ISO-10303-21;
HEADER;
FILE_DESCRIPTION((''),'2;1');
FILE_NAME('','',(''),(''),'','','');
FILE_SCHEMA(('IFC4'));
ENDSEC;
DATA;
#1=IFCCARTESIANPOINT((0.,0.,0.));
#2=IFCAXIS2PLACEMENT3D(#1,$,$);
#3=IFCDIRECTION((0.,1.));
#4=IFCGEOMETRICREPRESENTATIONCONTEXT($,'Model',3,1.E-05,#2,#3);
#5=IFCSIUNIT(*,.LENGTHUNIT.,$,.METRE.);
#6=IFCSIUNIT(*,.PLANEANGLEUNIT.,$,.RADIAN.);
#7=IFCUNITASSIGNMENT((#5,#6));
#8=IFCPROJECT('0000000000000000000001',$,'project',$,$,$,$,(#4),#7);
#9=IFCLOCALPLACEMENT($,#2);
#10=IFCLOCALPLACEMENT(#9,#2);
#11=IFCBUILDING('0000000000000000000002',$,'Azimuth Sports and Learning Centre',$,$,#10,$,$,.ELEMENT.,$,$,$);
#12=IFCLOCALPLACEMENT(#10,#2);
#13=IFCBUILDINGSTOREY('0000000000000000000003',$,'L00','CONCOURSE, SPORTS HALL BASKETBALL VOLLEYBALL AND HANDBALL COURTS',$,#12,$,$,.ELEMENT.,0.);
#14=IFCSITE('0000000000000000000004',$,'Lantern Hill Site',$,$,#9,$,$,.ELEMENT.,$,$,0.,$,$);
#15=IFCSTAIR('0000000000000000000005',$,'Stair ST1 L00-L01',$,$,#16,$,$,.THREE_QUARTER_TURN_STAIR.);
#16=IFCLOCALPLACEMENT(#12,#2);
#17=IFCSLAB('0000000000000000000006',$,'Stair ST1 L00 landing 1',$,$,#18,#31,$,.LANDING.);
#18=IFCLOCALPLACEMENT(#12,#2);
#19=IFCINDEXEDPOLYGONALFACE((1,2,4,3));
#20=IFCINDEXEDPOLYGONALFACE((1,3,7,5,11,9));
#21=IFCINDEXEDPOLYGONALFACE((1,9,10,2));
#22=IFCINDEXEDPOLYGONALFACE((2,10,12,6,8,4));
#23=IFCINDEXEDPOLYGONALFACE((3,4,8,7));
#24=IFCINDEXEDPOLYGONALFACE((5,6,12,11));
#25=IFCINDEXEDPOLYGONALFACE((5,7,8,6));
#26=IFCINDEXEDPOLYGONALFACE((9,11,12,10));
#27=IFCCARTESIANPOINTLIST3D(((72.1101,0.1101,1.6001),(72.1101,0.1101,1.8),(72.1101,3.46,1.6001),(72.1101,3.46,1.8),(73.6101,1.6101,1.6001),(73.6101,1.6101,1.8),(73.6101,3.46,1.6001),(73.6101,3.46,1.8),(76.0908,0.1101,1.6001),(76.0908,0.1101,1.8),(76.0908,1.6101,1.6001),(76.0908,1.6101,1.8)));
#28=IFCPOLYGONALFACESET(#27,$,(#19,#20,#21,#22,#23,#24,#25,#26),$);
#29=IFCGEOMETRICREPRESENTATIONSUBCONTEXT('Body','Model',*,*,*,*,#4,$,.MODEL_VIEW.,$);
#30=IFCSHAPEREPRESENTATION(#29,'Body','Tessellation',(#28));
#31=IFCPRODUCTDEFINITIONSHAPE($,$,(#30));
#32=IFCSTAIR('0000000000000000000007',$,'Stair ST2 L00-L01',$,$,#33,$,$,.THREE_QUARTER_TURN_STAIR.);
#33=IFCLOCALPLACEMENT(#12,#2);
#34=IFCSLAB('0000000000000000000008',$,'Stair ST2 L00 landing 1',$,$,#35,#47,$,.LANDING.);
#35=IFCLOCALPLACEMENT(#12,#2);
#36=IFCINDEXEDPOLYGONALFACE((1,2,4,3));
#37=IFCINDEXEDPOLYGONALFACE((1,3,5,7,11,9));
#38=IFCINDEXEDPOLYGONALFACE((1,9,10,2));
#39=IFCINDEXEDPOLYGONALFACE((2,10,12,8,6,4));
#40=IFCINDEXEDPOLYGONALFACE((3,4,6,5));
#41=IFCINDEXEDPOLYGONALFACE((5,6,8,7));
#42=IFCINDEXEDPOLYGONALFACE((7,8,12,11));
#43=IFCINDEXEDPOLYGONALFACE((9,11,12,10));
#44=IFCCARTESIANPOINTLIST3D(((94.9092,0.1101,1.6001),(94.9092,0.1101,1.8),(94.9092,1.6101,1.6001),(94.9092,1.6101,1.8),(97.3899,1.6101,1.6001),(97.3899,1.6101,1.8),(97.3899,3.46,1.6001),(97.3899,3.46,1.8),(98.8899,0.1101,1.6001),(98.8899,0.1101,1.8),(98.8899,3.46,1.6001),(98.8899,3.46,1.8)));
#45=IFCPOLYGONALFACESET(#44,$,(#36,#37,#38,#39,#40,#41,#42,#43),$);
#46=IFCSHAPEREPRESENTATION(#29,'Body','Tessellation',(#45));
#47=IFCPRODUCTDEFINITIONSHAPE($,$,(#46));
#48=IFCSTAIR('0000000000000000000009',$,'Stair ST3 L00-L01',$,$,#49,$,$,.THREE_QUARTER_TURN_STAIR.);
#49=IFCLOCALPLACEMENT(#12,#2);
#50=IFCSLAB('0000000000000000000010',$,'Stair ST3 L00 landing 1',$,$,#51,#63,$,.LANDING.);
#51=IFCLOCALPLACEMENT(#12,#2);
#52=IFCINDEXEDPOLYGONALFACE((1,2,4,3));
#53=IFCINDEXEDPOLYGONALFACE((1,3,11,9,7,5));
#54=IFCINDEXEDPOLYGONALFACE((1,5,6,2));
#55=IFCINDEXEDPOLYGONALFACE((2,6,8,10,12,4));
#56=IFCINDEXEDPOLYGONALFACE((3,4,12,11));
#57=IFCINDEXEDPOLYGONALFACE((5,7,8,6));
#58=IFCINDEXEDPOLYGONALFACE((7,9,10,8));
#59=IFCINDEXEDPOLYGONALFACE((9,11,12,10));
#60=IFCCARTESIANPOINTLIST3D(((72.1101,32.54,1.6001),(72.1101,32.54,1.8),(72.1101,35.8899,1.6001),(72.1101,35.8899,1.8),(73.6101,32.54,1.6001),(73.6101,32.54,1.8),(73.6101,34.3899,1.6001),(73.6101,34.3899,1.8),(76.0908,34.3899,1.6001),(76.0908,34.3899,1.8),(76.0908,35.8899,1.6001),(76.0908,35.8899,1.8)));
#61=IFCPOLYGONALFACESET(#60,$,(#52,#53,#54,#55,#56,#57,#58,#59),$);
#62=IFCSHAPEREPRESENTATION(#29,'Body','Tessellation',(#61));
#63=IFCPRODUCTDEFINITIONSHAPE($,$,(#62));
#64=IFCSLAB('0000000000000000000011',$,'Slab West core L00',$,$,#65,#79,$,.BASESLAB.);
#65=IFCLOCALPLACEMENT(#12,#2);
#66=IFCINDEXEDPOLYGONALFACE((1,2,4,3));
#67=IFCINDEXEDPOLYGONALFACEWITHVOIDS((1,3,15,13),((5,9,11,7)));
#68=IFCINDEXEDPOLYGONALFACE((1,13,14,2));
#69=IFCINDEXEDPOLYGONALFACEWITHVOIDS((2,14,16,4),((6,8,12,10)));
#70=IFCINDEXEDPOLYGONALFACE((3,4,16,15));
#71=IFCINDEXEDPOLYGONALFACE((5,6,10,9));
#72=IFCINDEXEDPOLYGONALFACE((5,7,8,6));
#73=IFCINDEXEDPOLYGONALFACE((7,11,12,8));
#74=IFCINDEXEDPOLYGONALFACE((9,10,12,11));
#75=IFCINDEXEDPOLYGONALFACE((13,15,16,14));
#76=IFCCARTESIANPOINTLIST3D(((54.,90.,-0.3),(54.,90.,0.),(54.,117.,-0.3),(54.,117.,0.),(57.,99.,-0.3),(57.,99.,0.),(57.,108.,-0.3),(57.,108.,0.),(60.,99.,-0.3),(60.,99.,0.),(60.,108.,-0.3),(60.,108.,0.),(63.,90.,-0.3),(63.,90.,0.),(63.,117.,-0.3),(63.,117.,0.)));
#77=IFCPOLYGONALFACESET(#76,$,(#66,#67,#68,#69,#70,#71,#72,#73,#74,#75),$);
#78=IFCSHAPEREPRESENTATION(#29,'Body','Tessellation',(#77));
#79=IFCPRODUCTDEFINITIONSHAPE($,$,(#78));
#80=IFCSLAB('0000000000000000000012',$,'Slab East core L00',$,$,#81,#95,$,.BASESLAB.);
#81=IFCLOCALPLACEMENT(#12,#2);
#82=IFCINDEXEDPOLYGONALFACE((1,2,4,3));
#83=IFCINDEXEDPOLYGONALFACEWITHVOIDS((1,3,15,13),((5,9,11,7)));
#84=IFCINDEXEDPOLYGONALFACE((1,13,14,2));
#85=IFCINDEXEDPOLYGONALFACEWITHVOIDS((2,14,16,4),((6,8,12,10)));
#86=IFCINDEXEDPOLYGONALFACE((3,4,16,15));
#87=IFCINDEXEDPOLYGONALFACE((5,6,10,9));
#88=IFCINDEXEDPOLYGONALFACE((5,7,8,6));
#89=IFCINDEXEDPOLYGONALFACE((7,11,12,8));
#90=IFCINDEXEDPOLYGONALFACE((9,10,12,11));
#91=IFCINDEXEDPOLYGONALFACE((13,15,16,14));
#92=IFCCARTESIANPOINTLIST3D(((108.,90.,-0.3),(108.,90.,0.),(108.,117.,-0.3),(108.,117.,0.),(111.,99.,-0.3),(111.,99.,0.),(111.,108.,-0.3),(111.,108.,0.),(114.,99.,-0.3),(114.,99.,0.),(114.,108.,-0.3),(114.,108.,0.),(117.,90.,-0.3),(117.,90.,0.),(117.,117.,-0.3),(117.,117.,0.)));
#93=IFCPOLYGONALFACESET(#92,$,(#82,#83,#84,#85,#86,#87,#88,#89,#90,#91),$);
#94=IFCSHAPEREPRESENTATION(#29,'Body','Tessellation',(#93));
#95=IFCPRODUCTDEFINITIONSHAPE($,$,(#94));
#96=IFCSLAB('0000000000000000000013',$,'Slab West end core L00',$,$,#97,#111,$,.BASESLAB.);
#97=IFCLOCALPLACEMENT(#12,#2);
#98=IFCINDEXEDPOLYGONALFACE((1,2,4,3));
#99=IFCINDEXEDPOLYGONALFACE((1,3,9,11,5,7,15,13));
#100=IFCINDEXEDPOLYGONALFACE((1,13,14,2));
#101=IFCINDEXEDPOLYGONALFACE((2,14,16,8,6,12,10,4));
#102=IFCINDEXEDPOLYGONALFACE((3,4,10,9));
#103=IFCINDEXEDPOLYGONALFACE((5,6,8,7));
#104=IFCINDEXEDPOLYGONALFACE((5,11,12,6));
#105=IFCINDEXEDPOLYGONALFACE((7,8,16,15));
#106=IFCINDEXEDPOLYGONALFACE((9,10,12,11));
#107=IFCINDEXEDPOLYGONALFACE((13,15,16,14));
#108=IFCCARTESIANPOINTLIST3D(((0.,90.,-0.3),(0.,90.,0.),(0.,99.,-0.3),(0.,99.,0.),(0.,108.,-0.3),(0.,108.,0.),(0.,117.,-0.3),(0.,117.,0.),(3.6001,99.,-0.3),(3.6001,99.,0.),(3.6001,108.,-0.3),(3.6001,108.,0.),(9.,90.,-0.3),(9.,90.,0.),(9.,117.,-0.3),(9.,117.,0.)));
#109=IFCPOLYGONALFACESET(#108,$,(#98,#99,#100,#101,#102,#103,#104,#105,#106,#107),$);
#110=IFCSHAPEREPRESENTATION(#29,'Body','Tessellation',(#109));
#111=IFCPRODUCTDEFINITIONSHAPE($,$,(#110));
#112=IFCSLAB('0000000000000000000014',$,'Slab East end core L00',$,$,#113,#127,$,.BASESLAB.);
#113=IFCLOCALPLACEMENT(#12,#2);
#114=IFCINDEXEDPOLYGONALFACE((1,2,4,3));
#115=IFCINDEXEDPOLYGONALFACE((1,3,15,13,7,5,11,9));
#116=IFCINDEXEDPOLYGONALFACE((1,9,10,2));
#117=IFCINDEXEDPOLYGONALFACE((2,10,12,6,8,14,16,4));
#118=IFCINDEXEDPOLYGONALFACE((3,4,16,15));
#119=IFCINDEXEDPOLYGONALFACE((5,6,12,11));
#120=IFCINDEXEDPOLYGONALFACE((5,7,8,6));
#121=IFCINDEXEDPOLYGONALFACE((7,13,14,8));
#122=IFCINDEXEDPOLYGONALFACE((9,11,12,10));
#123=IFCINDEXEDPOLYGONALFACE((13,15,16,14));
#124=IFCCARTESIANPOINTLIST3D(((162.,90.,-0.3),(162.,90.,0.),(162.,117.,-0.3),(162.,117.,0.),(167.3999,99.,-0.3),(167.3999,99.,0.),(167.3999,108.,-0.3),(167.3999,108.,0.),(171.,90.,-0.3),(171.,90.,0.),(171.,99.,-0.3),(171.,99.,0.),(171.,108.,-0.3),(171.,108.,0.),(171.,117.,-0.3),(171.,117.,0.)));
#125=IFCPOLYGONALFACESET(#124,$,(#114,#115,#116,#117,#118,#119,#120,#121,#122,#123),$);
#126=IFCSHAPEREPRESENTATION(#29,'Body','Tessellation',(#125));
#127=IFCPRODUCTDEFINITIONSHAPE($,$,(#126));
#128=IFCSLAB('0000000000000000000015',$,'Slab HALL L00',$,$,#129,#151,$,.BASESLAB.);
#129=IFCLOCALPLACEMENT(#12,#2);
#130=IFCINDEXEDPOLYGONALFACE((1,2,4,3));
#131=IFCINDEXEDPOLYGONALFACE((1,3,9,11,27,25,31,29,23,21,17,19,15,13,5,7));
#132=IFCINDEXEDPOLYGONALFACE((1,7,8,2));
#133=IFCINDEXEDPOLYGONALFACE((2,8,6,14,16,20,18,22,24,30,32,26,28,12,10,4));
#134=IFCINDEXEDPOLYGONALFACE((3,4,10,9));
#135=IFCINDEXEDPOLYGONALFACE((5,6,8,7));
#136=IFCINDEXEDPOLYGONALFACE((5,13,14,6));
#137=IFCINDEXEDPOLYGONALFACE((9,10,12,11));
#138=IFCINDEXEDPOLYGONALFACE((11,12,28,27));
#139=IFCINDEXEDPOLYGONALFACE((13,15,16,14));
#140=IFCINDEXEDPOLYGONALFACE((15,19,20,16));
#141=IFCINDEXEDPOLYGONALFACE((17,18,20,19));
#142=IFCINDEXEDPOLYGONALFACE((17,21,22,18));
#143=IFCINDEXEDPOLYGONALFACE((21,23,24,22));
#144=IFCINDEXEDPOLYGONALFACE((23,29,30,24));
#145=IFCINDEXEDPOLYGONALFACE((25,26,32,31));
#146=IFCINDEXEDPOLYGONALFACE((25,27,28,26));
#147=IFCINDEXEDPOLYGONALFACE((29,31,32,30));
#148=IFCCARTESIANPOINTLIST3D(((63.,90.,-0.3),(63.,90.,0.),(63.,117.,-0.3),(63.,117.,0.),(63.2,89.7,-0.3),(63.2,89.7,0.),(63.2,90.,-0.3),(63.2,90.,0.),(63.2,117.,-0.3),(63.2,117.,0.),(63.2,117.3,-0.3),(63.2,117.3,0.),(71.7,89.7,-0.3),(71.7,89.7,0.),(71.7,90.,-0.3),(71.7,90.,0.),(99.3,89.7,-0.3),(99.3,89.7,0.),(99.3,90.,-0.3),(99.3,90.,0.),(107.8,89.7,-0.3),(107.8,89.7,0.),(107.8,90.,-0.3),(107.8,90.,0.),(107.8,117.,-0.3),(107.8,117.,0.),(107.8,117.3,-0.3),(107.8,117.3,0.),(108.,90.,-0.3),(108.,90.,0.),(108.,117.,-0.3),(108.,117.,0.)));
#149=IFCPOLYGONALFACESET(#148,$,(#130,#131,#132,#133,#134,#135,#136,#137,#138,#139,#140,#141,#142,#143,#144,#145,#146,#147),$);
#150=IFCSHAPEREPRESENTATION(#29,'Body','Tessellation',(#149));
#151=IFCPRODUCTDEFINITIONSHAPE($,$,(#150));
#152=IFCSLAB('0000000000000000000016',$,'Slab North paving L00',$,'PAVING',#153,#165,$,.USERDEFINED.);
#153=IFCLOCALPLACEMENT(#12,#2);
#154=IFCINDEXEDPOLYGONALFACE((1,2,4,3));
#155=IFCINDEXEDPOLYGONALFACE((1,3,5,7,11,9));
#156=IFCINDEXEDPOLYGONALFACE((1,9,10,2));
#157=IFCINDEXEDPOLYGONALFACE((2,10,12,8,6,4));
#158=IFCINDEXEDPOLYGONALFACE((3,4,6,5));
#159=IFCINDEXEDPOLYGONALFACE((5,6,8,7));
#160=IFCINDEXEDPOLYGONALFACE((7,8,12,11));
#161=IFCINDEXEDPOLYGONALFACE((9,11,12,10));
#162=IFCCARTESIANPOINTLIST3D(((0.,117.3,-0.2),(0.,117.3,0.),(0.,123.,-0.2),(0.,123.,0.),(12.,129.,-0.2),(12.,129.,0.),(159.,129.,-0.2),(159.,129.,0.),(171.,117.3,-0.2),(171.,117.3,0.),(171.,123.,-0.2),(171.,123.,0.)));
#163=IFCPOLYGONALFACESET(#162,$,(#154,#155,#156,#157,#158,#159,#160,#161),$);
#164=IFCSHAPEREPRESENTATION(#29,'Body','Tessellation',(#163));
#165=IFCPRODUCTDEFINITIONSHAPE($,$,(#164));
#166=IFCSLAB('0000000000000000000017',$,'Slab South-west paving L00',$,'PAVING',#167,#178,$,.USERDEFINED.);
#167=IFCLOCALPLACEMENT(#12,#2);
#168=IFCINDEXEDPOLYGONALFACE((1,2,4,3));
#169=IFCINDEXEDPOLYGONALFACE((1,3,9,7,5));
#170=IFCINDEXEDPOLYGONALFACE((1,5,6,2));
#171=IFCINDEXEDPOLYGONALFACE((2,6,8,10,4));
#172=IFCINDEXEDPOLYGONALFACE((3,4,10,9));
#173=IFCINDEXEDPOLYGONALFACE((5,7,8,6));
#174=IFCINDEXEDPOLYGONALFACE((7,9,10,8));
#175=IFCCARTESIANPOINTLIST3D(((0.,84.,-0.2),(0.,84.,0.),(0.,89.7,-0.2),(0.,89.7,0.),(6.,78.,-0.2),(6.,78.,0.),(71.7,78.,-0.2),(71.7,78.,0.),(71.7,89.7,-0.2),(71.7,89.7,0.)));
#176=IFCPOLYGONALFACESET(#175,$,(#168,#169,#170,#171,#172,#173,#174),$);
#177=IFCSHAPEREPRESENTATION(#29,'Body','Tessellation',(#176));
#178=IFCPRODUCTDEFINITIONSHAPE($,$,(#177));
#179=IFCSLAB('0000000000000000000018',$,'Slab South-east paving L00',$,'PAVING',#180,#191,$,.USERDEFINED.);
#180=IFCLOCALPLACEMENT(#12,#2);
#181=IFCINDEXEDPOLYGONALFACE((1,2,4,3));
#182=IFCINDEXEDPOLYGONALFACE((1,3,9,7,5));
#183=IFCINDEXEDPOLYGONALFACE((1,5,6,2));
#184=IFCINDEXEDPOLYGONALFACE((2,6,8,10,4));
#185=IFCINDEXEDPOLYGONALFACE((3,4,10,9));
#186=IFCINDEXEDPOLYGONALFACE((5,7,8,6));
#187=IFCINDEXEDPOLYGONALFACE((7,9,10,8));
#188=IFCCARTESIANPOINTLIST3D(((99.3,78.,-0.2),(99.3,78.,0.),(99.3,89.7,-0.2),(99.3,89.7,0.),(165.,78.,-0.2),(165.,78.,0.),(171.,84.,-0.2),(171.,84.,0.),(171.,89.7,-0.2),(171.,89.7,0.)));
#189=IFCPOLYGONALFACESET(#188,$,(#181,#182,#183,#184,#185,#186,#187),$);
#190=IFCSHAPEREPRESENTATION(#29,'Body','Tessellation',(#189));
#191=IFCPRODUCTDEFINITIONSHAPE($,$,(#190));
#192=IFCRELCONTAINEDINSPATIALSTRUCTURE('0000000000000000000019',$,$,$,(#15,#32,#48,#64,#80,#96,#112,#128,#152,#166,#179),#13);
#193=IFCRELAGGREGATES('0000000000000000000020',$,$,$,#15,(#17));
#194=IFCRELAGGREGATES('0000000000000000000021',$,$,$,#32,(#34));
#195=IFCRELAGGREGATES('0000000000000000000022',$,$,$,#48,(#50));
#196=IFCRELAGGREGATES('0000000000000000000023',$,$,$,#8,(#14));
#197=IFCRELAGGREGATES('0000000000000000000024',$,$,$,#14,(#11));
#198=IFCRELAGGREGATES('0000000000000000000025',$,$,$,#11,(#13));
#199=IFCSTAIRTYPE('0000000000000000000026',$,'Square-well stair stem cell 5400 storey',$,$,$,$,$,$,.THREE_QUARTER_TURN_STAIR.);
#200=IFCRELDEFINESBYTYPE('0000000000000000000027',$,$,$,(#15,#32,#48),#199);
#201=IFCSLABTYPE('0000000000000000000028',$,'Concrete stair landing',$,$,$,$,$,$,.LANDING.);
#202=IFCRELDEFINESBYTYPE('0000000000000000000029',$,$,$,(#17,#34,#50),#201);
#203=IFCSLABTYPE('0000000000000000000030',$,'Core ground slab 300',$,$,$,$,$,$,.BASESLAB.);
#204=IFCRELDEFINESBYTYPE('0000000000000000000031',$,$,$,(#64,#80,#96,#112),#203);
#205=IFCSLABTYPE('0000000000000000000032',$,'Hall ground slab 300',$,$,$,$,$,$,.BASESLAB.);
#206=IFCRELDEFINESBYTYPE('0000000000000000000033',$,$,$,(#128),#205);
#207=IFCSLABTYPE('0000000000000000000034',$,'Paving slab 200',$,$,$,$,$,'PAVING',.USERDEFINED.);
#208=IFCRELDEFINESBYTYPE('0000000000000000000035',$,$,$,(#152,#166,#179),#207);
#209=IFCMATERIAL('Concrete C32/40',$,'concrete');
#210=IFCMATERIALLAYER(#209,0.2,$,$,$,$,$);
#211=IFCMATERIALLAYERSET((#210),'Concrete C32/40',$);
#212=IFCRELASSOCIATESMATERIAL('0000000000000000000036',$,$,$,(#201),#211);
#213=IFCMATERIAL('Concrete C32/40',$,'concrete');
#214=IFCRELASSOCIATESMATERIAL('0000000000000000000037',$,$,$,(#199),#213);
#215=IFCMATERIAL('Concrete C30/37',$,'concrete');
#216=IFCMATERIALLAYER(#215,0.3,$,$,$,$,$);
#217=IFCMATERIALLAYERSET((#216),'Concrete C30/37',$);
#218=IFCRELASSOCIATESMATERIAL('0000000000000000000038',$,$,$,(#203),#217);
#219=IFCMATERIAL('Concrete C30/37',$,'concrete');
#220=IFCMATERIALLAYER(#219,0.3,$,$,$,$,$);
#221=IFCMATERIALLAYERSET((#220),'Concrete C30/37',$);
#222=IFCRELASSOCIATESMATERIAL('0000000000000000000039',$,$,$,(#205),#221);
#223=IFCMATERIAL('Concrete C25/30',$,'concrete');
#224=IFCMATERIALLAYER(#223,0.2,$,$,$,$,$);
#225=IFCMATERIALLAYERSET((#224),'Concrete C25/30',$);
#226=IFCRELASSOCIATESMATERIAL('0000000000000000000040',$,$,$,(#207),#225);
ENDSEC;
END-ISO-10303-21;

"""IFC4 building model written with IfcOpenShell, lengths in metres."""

from ifc_helpers import new_model, si_unit, direction, frame, origin, place, context, subcontext, project, spatial, polyline, outline, extrude, material, layer, layer_set, type_object, element, aggregate, save


model = new_model("IFC4")

# Units and contexts
model_context = context("Model", 3, precision=1e-05, world=origin(), true_north=direction((0.0, 1.0)))
body_context = subcontext(model_context, "Body", "Model", "MODEL_VIEW")
ifc_project = project(units=[si_unit("LENGTHUNIT", "METRE"), si_unit("PLANEANGLEUNIT", "RADIAN")], contexts=[model_context])

# Site, building, storey
site_placement = place(None, origin())
site = spatial("IfcSite", under=ifc_project, at=site_placement, Name="Lantern Hill Site", CompositionType="ELEMENT", RefElevation=0.0)
building_placement = place(site_placement, origin())
building = spatial("IfcBuilding", under=site, at=building_placement, Name="Azimuth Sports and Learning Centre", CompositionType="ELEMENT")
storey_placement = place(building_placement, origin())
storey = spatial("IfcBuildingStorey", under=building, at=storey_placement, Name="L00", Description="CONCOURSE, SPORTS HALL BASKETBALL VOLLEYBALL AND HANDBALL COURTS", CompositionType="ELEMENT", Elevation=0.0)

# Shared definitions
ifc_material_1 = material(Name="Concrete C32/40", Category="concrete")
ifc_layer_1 = layer(ifc_material_1, 0.2)
ifc_layer_set_1 = layer_set([ifc_layer_1], Name="Concrete C32/40")
slab_type_1 = type_object("IfcSlabType", Name="Concrete stair landing", PredefinedType="LANDING", material=ifc_layer_set_1)

# Stairs, slabs
ifc_material_2 = material(Name="Concrete C32/40", Category="concrete")
stair_type_1 = type_object("IfcStairType", Name="Square-well stair stem cell 5400 storey", PredefinedType="THREE_QUARTER_TURN_STAIR", material=ifc_material_2)
stair_1_placement = place(storey_placement, origin())
stair_1 = element("IfcStair", 1, at=stair_1_placement, inside=storey, type_object=stair_type_1, Name="Stair ST1 L00-L01", PredefinedType="THREE_QUARTER_TURN_STAIR")
slab_1_placement = place(storey_placement, frame((0.0, 0.0, 1.6001)))
slab_1 = element("IfcSlab", 2, at=slab_1_placement, type_object=slab_type_1, Name="Stair ST1 L00 landing 1", PredefinedType="LANDING", context=body_context, shape_type="SweptSolid", body=[
    extrude(outline(polyline([(73.6101, 1.6101), (73.6101, 3.46), (72.1101, 3.46), (72.1101, 0.1101), (76.0908, 0.1101), (76.0908, 1.6101), (73.6101, 1.6101)])), origin(), (0.0, 0.0, 1.0), 0.2),
])
aggregate(stair_1, [slab_1])
stair_2_placement = place(storey_placement, origin())
stair_2 = element("IfcStair", 3, at=stair_2_placement, inside=storey, type_object=stair_type_1, Name="Stair ST2 L00-L01", PredefinedType="THREE_QUARTER_TURN_STAIR")
slab_2_placement = place(storey_placement, frame((0.0, 0.0, 1.6001)))
slab_2 = element("IfcSlab", 4, at=slab_2_placement, type_object=slab_type_1, Name="Stair ST2 L00 landing 1", PredefinedType="LANDING", context=body_context, shape_type="SweptSolid", body=[
    extrude(outline(polyline([(97.3899, 1.6101), (94.9092, 1.6101), (94.9092, 0.1101), (98.8899, 0.1101), (98.8899, 3.46), (97.3899, 3.46), (97.3899, 1.6101)])), origin(), (0.0, 0.0, 1.0), 0.2),
])
aggregate(stair_2, [slab_2])
stair_3_placement = place(storey_placement, origin())
stair_3 = element("IfcStair", 5, at=stair_3_placement, inside=storey, type_object=stair_type_1, Name="Stair ST3 L00-L01", PredefinedType="THREE_QUARTER_TURN_STAIR")
slab_3_placement = place(storey_placement, frame((0.0, 0.0, 1.6001)))
slab_3 = element("IfcSlab", 6, at=slab_3_placement, type_object=slab_type_1, Name="Stair ST3 L00 landing 1", PredefinedType="LANDING", context=body_context, shape_type="SweptSolid", body=[
    extrude(outline(polyline([(73.6101, 34.3899), (76.0908, 34.3899), (76.0908, 35.8899), (72.1101, 35.8899), (72.1101, 32.54), (73.6101, 32.54), (73.6101, 34.3899)])), origin(), (0.0, 0.0, 1.0), 0.2),
])
aggregate(stair_3, [slab_3])

# Slabs
ifc_material_3 = material(Name="Concrete C30/37", Category="concrete")
ifc_layer_2 = layer(ifc_material_3, 0.3)
ifc_layer_set_2 = layer_set([ifc_layer_2], Name="Concrete C30/37")
slab_type_2 = type_object("IfcSlabType", Name="Core ground slab 300", PredefinedType="BASESLAB", material=ifc_layer_set_2)
slab_4_placement = place(storey_placement, frame((0.0, 0.0, -0.3)))
element("IfcSlab", 7, at=slab_4_placement, inside=storey, type_object=slab_type_2, Name="Slab West core L00", PredefinedType="BASESLAB", context=body_context, shape_type="SweptSolid", body=[
    extrude(outline(polyline([(54.0, 90.0), (63.0, 90.0), (63.0, 117.0), (54.0, 117.0), (54.0, 90.0)]), holes=[polyline([(57.0, 99.0), (57.0, 108.0), (60.0, 108.0), (60.0, 99.0), (57.0, 99.0)])]), origin(), (0.0, 0.0, 1.0), 0.3),
])
slab_5_placement = place(storey_placement, frame((0.0, 0.0, -0.3)))
element("IfcSlab", 8, at=slab_5_placement, inside=storey, type_object=slab_type_2, Name="Slab East core L00", PredefinedType="BASESLAB", context=body_context, shape_type="SweptSolid", body=[
    extrude(outline(polyline([(108.0, 90.0), (117.0, 90.0), (117.0, 117.0), (108.0, 117.0), (108.0, 90.0)]), holes=[polyline([(111.0, 99.0), (111.0, 108.0), (114.0, 108.0), (114.0, 99.0), (111.0, 99.0)])]), origin(), (0.0, 0.0, 1.0), 0.3),
])
slab_6_placement = place(storey_placement, frame((0.0, 0.0, -0.3)))
element("IfcSlab", 9, at=slab_6_placement, inside=storey, type_object=slab_type_2, Name="Slab West end core L00", PredefinedType="BASESLAB", context=body_context, shape_type="SweptSolid", body=[
    extrude(outline(polyline([(0.0, 90.0), (9.0, 90.0), (9.0, 117.0), (0.0, 117.0), (0.0, 108.0), (3.6001, 108.0), (3.6001, 99.0), (0.0, 99.0), (0.0, 90.0)])), origin(), (0.0, 0.0, 1.0), 0.3),
])
slab_7_placement = place(storey_placement, frame((0.0, 0.0, -0.3)))
element("IfcSlab", 10, at=slab_7_placement, inside=storey, type_object=slab_type_2, Name="Slab East end core L00", PredefinedType="BASESLAB", context=body_context, shape_type="SweptSolid", body=[
    extrude(outline(polyline([(162.0, 90.0), (171.0, 90.0), (171.0, 99.0), (167.3999, 99.0), (167.3999, 108.0), (171.0, 108.0), (171.0, 117.0), (162.0, 117.0), (162.0, 90.0)])), origin(), (0.0, 0.0, 1.0), 0.3),
])
ifc_material_4 = material(Name="Concrete C30/37", Category="concrete")
ifc_layer_3 = layer(ifc_material_4, 0.3)
ifc_layer_set_3 = layer_set([ifc_layer_3], Name="Concrete C30/37")
slab_type_3 = type_object("IfcSlabType", Name="Hall ground slab 300", PredefinedType="BASESLAB", material=ifc_layer_set_3)
slab_8_placement = place(storey_placement, frame((0.0, 0.0, -0.3)))
element("IfcSlab", 11, at=slab_8_placement, inside=storey, type_object=slab_type_3, Name="Slab HALL L00", PredefinedType="BASESLAB", context=body_context, shape_type="SweptSolid", body=[
    extrude(outline(polyline([(63.2, 89.7), (71.7, 89.7), (71.7, 90.0), (99.3, 90.0), (99.3, 89.7), (107.8, 89.7), (107.8, 90.0), (108.0, 90.0), (108.0, 117.0), (107.8, 117.0), (107.8, 117.3), (63.2, 117.3), (63.2, 117.0), (63.0, 117.0), (63.0, 90.0), (63.2, 90.0), (63.2, 89.7)])), origin(), (0.0, 0.0, 1.0), 0.3),
])
ifc_material_5 = material(Name="Concrete C25/30", Category="concrete")
ifc_layer_4 = layer(ifc_material_5, 0.2)
ifc_layer_set_4 = layer_set([ifc_layer_4], Name="Concrete C25/30")
slab_type_4 = type_object("IfcSlabType", Name="Paving slab 200", ElementType="PAVING", PredefinedType="USERDEFINED", material=ifc_layer_set_4)
slab_9_placement = place(storey_placement, frame((0.0, 0.0, -0.2)))
element("IfcSlab", 12, at=slab_9_placement, inside=storey, type_object=slab_type_4, Name="Slab North paving L00", ObjectType="PAVING", PredefinedType="USERDEFINED", context=body_context, shape_type="SweptSolid", body=[
    extrude(outline(polyline([(0.0, 117.3), (171.0, 117.3), (171.0, 123.0), (159.0, 129.0), (12.0, 129.0), (0.0, 123.0), (0.0, 117.3)])), origin(), (0.0, 0.0, 1.0), 0.2),
])
slab_10_placement = place(storey_placement, frame((0.0, 0.0, -0.2)))
element("IfcSlab", 13, at=slab_10_placement, inside=storey, type_object=slab_type_4, Name="Slab South-west paving L00", ObjectType="PAVING", PredefinedType="USERDEFINED", context=body_context, shape_type="SweptSolid", body=[
    extrude(outline(polyline([(6.0, 78.0), (71.7, 78.0), (71.7, 89.7), (0.0, 89.7), (0.0, 84.0), (6.0, 78.0)])), origin(), (0.0, 0.0, 1.0), 0.2),
])
slab_11_placement = place(storey_placement, frame((0.0, 0.0, -0.2)))
element("IfcSlab", 14, at=slab_11_placement, inside=storey, type_object=slab_type_4, Name="Slab South-east paving L00", ObjectType="PAVING", PredefinedType="USERDEFINED", context=body_context, shape_type="SweptSolid", body=[
    extrude(outline(polyline([(99.3, 78.0), (165.0, 78.0), (171.0, 84.0), (171.0, 89.7), (99.3, 89.7), (99.3, 78.0)])), origin(), (0.0, 0.0, 1.0), 0.2),
])

save(model, "model.ifc")
